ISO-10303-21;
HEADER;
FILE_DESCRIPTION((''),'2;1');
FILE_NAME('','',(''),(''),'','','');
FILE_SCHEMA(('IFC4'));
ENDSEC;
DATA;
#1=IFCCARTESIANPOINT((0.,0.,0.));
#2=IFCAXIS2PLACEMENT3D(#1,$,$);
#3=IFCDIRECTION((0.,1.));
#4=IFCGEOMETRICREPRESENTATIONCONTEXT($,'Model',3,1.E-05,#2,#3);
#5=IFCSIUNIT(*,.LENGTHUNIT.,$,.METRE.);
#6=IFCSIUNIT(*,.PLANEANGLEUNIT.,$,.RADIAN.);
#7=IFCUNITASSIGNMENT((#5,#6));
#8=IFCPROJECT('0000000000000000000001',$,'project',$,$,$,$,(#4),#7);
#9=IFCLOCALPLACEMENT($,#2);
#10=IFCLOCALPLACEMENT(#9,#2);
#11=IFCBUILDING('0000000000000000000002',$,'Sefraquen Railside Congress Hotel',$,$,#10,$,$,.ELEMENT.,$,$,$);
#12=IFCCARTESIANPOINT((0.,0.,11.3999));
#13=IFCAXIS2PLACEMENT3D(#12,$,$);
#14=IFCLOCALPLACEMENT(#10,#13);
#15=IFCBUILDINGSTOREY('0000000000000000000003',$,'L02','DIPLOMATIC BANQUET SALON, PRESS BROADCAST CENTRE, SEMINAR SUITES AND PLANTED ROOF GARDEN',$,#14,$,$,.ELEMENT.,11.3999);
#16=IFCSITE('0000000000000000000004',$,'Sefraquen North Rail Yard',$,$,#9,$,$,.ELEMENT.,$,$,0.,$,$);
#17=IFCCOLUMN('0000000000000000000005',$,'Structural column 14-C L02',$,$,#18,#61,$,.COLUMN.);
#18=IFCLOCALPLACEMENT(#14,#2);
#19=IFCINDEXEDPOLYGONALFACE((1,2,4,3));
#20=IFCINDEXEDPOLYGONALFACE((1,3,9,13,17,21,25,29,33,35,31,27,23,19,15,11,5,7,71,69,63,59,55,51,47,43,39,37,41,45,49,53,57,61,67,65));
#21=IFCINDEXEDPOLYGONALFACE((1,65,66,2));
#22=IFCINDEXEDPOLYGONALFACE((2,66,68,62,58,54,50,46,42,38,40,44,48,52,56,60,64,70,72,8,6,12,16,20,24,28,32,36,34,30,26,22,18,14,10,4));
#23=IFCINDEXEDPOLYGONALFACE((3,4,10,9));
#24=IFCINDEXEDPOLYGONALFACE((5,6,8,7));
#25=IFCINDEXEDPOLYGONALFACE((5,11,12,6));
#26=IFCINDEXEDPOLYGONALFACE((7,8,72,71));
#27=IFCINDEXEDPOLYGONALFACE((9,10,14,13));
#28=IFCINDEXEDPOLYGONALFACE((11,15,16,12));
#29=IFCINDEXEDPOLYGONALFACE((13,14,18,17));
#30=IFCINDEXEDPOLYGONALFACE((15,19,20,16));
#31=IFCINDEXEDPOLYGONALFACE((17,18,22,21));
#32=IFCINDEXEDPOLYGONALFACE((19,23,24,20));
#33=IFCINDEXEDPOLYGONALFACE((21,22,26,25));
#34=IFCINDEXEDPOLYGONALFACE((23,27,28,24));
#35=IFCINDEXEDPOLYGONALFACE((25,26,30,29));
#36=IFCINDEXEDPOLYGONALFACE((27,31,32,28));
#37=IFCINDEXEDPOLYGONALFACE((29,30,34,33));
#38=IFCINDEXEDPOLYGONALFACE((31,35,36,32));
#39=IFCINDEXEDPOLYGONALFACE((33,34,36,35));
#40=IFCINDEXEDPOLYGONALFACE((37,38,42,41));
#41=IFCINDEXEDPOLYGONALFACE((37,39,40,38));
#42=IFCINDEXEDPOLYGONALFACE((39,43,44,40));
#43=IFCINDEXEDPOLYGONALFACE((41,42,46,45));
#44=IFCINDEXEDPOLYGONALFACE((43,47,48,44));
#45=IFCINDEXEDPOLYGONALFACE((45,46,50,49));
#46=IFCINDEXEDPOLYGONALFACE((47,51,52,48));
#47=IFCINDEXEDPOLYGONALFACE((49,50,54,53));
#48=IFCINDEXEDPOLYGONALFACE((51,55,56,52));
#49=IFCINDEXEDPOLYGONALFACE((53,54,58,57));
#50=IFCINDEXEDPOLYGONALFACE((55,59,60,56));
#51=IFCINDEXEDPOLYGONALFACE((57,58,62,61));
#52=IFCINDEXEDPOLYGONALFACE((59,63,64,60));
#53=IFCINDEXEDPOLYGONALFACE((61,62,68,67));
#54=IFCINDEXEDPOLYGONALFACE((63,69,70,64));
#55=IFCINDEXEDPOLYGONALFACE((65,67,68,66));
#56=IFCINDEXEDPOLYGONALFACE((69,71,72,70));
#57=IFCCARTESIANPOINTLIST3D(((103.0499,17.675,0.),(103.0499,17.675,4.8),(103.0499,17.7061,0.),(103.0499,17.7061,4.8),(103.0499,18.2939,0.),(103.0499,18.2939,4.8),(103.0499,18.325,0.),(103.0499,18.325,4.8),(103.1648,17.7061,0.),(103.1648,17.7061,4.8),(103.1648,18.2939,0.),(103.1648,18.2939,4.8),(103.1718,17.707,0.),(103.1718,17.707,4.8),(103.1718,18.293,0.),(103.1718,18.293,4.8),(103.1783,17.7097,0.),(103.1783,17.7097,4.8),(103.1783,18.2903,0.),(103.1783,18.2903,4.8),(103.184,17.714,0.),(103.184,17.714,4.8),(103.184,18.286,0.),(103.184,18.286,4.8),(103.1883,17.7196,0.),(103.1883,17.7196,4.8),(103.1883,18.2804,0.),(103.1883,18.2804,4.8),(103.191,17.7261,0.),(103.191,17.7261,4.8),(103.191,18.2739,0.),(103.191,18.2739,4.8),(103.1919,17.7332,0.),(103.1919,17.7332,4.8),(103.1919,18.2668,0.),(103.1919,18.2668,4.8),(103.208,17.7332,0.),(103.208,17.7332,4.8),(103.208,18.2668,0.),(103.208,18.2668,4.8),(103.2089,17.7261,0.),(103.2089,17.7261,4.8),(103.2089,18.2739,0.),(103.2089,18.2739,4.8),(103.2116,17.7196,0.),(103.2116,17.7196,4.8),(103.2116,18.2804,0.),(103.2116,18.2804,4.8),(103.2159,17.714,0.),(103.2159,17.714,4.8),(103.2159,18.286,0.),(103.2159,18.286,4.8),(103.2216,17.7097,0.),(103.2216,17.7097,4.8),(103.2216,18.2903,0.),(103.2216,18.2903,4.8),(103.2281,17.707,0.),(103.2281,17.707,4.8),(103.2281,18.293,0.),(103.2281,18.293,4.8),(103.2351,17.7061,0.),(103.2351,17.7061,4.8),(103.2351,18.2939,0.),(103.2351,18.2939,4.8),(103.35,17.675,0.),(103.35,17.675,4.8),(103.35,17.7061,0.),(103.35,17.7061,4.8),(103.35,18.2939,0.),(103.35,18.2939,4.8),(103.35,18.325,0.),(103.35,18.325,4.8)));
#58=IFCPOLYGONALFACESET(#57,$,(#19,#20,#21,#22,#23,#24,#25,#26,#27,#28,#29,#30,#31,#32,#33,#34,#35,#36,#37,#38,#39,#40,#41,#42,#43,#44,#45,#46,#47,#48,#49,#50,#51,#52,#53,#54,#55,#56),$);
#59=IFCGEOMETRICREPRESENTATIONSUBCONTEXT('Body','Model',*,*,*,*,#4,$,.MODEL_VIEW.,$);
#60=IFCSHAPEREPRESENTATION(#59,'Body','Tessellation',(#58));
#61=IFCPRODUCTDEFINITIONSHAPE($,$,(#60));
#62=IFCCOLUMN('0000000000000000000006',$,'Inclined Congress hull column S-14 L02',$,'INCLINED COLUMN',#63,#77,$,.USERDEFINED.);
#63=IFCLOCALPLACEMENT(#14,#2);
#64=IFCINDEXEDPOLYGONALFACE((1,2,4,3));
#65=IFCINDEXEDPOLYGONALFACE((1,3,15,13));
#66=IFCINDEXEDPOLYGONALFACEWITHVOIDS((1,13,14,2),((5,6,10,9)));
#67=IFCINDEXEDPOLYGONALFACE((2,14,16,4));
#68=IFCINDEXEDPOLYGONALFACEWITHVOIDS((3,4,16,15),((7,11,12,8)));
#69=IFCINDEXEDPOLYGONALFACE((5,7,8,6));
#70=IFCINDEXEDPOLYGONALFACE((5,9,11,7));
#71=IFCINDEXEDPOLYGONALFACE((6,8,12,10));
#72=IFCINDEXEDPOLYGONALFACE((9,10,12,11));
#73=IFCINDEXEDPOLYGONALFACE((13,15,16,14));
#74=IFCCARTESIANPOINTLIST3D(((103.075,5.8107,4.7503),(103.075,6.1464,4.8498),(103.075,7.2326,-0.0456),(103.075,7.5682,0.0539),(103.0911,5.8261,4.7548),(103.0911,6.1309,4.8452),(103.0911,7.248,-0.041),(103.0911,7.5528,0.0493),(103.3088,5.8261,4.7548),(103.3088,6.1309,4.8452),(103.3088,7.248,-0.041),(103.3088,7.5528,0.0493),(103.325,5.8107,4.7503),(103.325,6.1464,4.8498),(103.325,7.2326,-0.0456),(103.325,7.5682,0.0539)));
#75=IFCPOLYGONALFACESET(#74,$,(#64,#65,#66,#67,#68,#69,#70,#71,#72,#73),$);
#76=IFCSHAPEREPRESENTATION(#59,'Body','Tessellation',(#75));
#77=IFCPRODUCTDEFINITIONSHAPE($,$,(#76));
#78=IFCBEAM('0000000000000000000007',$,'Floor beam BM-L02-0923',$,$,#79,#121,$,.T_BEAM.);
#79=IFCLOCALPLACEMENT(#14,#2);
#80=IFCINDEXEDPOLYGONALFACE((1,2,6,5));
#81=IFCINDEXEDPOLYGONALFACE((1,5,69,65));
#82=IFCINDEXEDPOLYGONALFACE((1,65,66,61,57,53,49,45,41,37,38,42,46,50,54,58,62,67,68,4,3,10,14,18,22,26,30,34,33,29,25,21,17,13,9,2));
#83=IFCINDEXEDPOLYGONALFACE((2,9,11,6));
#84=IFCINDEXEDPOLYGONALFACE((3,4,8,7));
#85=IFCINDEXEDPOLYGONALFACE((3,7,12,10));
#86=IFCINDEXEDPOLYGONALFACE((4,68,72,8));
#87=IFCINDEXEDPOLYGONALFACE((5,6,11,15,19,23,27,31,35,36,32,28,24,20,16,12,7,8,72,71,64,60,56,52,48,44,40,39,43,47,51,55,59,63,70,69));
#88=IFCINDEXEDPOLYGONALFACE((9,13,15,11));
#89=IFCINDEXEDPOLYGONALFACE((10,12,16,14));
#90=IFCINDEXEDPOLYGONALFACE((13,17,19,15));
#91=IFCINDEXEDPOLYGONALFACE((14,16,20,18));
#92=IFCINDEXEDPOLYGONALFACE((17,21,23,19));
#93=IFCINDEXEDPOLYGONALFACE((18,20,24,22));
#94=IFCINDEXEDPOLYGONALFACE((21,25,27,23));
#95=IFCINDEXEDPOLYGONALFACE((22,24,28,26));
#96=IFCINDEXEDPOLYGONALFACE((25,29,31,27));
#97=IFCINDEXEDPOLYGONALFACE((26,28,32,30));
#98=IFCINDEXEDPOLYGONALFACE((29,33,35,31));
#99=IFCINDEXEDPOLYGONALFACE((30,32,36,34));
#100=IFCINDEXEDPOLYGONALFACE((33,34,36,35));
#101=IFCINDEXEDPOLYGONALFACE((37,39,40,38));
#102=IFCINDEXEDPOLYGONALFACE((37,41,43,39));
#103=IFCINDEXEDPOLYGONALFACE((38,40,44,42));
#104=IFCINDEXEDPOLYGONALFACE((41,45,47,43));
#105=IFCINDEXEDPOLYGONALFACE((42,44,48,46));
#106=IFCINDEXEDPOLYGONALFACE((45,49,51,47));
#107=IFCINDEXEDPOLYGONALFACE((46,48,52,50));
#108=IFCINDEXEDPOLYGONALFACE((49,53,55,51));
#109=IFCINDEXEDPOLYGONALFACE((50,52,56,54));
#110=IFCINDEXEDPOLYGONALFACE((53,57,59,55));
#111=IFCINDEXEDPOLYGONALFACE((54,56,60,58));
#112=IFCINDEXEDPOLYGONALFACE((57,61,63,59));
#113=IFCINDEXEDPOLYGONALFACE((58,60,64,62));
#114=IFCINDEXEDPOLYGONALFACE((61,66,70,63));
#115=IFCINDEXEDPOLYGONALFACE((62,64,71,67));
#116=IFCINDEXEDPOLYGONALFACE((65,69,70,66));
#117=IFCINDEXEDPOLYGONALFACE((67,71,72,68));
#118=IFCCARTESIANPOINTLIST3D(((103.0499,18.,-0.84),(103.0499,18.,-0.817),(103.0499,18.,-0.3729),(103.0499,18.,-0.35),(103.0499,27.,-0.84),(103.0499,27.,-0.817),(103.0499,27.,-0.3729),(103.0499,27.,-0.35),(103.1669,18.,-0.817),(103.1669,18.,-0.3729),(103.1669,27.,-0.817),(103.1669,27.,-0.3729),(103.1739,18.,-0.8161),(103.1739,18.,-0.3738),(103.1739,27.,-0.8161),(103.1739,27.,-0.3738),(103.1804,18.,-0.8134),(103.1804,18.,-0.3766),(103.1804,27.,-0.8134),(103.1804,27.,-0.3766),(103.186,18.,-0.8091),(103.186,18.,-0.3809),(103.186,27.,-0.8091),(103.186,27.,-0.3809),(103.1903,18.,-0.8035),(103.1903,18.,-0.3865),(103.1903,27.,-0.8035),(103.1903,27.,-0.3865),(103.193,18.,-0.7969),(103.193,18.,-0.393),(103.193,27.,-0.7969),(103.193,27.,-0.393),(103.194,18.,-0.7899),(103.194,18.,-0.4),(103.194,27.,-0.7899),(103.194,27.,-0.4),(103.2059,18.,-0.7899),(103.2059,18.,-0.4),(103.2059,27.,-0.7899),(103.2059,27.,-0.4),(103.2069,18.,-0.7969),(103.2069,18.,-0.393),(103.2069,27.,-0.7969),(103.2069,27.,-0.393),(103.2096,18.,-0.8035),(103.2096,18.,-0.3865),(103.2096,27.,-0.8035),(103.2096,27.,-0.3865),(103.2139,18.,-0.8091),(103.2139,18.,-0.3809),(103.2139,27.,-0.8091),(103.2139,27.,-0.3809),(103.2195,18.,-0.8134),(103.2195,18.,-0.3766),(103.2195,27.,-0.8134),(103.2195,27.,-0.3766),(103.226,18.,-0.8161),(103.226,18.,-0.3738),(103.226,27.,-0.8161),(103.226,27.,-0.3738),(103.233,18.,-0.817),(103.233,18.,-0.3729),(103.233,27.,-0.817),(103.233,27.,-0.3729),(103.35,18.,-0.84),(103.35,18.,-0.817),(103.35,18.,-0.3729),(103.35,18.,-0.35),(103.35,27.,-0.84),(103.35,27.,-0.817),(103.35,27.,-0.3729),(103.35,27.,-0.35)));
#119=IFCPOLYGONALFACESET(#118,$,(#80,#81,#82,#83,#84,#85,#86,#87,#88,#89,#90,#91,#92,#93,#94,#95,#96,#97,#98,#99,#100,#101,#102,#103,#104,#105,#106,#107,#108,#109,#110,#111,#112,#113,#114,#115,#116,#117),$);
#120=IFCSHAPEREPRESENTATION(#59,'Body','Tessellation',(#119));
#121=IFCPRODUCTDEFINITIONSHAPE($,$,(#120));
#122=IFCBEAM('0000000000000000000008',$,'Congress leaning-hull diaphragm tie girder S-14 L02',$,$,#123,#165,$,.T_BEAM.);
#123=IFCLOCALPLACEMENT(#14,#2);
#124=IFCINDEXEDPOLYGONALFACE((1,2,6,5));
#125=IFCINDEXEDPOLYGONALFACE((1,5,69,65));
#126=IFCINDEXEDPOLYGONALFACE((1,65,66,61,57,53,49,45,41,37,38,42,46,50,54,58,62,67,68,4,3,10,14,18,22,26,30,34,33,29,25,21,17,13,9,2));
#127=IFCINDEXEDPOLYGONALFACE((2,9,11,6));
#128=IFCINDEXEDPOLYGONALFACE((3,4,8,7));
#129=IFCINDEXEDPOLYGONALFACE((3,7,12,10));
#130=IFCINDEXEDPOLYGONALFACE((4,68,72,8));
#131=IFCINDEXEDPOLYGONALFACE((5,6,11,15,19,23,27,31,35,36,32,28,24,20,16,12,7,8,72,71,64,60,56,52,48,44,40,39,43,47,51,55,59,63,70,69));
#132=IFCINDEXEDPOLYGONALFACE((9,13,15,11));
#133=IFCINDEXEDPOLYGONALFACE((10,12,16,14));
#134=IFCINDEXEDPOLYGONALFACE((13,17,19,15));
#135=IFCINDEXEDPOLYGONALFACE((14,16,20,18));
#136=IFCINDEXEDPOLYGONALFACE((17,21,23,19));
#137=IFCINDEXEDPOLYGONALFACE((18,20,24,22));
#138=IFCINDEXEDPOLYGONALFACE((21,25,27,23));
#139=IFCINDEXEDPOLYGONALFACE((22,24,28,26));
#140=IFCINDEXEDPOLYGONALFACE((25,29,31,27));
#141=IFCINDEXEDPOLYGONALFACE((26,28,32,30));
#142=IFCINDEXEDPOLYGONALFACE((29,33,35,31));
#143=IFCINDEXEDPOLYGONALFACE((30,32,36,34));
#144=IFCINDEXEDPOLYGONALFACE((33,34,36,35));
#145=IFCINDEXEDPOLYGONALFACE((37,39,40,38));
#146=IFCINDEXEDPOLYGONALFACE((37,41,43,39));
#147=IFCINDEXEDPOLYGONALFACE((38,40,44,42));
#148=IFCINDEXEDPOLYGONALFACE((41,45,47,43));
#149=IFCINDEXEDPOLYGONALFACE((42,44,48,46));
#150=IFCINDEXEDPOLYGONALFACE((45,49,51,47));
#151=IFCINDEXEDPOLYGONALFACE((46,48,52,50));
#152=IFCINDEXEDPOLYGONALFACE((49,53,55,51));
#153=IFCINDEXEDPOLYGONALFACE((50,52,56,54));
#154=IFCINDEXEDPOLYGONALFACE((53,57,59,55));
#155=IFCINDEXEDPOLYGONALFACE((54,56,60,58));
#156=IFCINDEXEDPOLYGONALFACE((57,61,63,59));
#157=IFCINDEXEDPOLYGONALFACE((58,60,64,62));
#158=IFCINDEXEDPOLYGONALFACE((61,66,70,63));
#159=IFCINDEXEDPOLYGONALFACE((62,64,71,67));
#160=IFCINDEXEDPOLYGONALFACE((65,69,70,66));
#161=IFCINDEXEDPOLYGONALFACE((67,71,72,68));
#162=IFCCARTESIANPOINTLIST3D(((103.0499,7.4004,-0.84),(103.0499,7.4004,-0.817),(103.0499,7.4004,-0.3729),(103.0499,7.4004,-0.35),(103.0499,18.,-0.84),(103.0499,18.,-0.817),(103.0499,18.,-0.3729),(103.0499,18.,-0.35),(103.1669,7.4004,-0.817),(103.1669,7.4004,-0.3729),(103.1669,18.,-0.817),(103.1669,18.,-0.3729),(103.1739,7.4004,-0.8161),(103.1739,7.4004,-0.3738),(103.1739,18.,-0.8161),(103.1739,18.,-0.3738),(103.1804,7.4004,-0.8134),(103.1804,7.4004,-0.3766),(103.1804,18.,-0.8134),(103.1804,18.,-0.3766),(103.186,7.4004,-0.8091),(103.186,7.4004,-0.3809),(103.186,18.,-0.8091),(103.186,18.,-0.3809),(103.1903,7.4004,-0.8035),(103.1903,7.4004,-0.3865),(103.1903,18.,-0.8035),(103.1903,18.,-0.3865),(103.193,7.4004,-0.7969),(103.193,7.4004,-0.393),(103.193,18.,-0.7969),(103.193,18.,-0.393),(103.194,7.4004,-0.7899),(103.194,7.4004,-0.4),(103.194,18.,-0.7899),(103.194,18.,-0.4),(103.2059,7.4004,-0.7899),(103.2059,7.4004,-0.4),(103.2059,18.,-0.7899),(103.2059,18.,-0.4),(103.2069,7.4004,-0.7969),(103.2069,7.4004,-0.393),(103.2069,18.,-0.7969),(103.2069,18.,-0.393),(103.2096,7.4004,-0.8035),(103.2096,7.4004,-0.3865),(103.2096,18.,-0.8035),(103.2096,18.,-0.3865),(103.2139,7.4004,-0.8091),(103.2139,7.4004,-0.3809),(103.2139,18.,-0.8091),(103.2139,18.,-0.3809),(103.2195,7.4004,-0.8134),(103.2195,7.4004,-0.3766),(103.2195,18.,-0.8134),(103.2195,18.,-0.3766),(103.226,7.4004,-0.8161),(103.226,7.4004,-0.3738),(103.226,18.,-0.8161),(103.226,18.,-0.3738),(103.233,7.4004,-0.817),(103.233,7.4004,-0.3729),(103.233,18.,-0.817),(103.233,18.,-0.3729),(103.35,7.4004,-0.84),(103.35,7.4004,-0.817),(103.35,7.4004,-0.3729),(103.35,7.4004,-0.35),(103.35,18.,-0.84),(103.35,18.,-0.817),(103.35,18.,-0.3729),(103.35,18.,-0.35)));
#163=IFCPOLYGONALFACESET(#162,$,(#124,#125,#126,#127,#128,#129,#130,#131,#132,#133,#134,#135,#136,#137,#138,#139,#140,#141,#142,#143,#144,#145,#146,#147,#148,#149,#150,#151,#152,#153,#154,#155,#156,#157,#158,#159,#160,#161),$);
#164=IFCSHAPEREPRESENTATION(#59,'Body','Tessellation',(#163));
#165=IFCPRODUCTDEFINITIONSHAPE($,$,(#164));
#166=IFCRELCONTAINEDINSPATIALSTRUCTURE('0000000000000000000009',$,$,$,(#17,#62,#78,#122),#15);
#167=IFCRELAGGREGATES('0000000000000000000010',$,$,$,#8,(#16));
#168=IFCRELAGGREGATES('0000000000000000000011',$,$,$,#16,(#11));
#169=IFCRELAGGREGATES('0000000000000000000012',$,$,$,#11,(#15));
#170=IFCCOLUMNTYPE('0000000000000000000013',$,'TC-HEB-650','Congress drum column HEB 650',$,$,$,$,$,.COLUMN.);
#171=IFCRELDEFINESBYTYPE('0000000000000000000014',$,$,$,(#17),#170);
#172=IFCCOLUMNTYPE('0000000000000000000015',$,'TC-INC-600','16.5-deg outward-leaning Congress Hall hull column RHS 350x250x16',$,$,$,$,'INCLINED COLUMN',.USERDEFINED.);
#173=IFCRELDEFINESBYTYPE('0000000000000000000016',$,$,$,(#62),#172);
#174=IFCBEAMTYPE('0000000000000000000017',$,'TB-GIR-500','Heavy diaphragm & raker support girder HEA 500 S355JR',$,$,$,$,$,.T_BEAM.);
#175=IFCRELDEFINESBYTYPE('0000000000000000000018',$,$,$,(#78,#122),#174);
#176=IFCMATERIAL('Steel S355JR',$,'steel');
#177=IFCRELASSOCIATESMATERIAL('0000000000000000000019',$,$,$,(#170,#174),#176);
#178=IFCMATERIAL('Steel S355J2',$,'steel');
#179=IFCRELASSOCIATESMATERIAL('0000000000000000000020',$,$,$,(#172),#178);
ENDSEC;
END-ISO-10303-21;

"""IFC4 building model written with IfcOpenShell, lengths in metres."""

from ifc_helpers import new_model, si_unit, direction, frame, origin, origin_2d, place, context, subcontext, project, spatial, hollow_rectangle, i_section, extrude, material, material_profile, profile_set, type_object, element, save


model = new_model("IFC4")

# Units and contexts
model_context = context("Model", 3, precision=1e-05, world=origin(), true_north=direction((0.0, 1.0)))
body_context = subcontext(model_context, "Body", "Model", "MODEL_VIEW")
ifc_project = project(units=[si_unit("LENGTHUNIT", "METRE"), si_unit("PLANEANGLEUNIT", "RADIAN")], contexts=[model_context])

# Site, building, storey
site_placement = place(None, origin())
site = spatial("IfcSite", under=ifc_project, at=site_placement, Name="Sefraquen North Rail Yard", CompositionType="ELEMENT", RefElevation=0.0)
building_placement = place(site_placement, origin())
building = spatial("IfcBuilding", under=site, at=building_placement, Name="Sefraquen Railside Congress Hotel", CompositionType="ELEMENT")
storey_placement = place(building_placement, frame((0.0, 0.0, 11.3999)))
storey = spatial("IfcBuildingStorey", under=building, at=storey_placement, Name="L02", Description="DIPLOMATIC BANQUET SALON, PRESS BROADCAST CENTRE, SEMINAR SUITES AND PLANTED ROOF GARDEN", CompositionType="ELEMENT", Elevation=11.3999)

# Columns
ifc_material_1 = material(Name="Steel S355JR", Category="steel")
ifc_material_profile_1 = material_profile(ifc_material_1, i_section(OverallWidth=0.3, OverallDepth=0.6499, WebThickness=0.0161, FlangeThickness=0.031, FilletRadius=0.0271, at=origin_2d()), Name="HEB 650")
ifc_profile_set_1 = profile_set([ifc_material_profile_1], Name="Steel S355JR")
column_type_1 = type_object("IfcColumnType", Name="TC-HEB-650", Description="Congress drum column HEB 650", PredefinedType="COLUMN", material=ifc_profile_set_1)
column_1_placement = place(storey_placement, frame((103.2, 18.0, 0.0), z_axis=(0.0, 0.0, 1.0), x_axis=(1.0, 0.0, 0.0)))
element("IfcColumn", 1, at=column_1_placement, inside=storey, type_object=column_type_1, Name="Structural column 14-C L02", PredefinedType="COLUMN", context=body_context, shape_type="SweptSolid", body=[
    extrude(i_section(OverallWidth=0.3, OverallDepth=0.6499, WebThickness=0.0161, FlangeThickness=0.031, FilletRadius=0.0271, at=origin_2d()), origin(), (0.0, 0.0, 1.0), 4.8),
])
ifc_material_2 = material(Name="Steel S355J2", Category="steel")
ifc_material_profile_2 = material_profile(ifc_material_2, hollow_rectangle(XDim=0.25, YDim=0.3501, WallThickness=0.0161, at=origin_2d()), Name="RHS 350x250x16")
ifc_profile_set_2 = profile_set([ifc_material_profile_2], Name="Steel S355J2")
column_type_2 = type_object("IfcColumnType", Name="TC-INC-600", Description="16.5-deg outward-leaning Congress Hall hull column RHS 350x250x16", ElementType="INCLINED COLUMN", PredefinedType="USERDEFINED", material=ifc_profile_set_2)
column_2_placement = place(storey_placement, frame((103.2, 7.4004, 0.0042), z_axis=(0.0, -0.284248, 0.958751), x_axis=(1.0, 0.0, 0.0)))
element("IfcColumn", 2, at=column_2_placement, inside=storey, type_object=column_type_2, Name="Inclined Congress hull column S-14 L02", ObjectType="INCLINED COLUMN", PredefinedType="USERDEFINED", context=body_context, shape_type="SweptSolid", body=[
    extrude(hollow_rectangle(XDim=0.25, YDim=0.3501, WallThickness=0.0161, at=origin_2d()), origin(), (0.0, 0.0, 1.0), 5.0022),
])

# Beams
ifc_material_profile_3 = material_profile(ifc_material_1, i_section(OverallWidth=0.3, OverallDepth=0.49, WebThickness=0.012, FlangeThickness=0.0229, FilletRadius=0.0271, at=origin_2d()), Name="HEA 500")
ifc_profile_set_3 = profile_set([ifc_material_profile_3], Name="Steel S355JR")
beam_type_1 = type_object("IfcBeamType", Name="TB-GIR-500", Description="Heavy diaphragm & raker support girder HEA 500 S355JR", PredefinedType="T_BEAM", material=ifc_profile_set_3)
beam_1_placement = place(storey_placement, frame((103.2, 18.0, -0.595), z_axis=(0.0, 1.0, 0.0), x_axis=(-1.0, 0.0, 0.0)))
element("IfcBeam", 3, at=beam_1_placement, inside=storey, type_object=beam_type_1, Name="Floor beam BM-L02-0923", PredefinedType="T_BEAM", context=body_context, shape_type="SweptSolid", body=[
    extrude(i_section(OverallWidth=0.3, OverallDepth=0.49, WebThickness=0.012, FlangeThickness=0.0229, FilletRadius=0.0271, at=origin_2d()), origin(), (0.0, 0.0, 1.0), 9.0),
])
beam_2_placement = place(storey_placement, frame((103.2, 7.4004, -0.595), z_axis=(0.0, 1.0, 0.0), x_axis=(-1.0, 0.0, 0.0)))
element("IfcBeam", 4, at=beam_2_placement, inside=storey, type_object=beam_type_1, Name="Congress leaning-hull diaphragm tie girder S-14 L02", PredefinedType="T_BEAM", context=body_context, shape_type="SweptSolid", body=[
    extrude(i_section(OverallWidth=0.3, OverallDepth=0.49, WebThickness=0.012, FlangeThickness=0.0229, FilletRadius=0.0271, at=origin_2d()), origin(), (0.0, 0.0, 1.0), 10.5996),
])

save(model, "model.ifc")
